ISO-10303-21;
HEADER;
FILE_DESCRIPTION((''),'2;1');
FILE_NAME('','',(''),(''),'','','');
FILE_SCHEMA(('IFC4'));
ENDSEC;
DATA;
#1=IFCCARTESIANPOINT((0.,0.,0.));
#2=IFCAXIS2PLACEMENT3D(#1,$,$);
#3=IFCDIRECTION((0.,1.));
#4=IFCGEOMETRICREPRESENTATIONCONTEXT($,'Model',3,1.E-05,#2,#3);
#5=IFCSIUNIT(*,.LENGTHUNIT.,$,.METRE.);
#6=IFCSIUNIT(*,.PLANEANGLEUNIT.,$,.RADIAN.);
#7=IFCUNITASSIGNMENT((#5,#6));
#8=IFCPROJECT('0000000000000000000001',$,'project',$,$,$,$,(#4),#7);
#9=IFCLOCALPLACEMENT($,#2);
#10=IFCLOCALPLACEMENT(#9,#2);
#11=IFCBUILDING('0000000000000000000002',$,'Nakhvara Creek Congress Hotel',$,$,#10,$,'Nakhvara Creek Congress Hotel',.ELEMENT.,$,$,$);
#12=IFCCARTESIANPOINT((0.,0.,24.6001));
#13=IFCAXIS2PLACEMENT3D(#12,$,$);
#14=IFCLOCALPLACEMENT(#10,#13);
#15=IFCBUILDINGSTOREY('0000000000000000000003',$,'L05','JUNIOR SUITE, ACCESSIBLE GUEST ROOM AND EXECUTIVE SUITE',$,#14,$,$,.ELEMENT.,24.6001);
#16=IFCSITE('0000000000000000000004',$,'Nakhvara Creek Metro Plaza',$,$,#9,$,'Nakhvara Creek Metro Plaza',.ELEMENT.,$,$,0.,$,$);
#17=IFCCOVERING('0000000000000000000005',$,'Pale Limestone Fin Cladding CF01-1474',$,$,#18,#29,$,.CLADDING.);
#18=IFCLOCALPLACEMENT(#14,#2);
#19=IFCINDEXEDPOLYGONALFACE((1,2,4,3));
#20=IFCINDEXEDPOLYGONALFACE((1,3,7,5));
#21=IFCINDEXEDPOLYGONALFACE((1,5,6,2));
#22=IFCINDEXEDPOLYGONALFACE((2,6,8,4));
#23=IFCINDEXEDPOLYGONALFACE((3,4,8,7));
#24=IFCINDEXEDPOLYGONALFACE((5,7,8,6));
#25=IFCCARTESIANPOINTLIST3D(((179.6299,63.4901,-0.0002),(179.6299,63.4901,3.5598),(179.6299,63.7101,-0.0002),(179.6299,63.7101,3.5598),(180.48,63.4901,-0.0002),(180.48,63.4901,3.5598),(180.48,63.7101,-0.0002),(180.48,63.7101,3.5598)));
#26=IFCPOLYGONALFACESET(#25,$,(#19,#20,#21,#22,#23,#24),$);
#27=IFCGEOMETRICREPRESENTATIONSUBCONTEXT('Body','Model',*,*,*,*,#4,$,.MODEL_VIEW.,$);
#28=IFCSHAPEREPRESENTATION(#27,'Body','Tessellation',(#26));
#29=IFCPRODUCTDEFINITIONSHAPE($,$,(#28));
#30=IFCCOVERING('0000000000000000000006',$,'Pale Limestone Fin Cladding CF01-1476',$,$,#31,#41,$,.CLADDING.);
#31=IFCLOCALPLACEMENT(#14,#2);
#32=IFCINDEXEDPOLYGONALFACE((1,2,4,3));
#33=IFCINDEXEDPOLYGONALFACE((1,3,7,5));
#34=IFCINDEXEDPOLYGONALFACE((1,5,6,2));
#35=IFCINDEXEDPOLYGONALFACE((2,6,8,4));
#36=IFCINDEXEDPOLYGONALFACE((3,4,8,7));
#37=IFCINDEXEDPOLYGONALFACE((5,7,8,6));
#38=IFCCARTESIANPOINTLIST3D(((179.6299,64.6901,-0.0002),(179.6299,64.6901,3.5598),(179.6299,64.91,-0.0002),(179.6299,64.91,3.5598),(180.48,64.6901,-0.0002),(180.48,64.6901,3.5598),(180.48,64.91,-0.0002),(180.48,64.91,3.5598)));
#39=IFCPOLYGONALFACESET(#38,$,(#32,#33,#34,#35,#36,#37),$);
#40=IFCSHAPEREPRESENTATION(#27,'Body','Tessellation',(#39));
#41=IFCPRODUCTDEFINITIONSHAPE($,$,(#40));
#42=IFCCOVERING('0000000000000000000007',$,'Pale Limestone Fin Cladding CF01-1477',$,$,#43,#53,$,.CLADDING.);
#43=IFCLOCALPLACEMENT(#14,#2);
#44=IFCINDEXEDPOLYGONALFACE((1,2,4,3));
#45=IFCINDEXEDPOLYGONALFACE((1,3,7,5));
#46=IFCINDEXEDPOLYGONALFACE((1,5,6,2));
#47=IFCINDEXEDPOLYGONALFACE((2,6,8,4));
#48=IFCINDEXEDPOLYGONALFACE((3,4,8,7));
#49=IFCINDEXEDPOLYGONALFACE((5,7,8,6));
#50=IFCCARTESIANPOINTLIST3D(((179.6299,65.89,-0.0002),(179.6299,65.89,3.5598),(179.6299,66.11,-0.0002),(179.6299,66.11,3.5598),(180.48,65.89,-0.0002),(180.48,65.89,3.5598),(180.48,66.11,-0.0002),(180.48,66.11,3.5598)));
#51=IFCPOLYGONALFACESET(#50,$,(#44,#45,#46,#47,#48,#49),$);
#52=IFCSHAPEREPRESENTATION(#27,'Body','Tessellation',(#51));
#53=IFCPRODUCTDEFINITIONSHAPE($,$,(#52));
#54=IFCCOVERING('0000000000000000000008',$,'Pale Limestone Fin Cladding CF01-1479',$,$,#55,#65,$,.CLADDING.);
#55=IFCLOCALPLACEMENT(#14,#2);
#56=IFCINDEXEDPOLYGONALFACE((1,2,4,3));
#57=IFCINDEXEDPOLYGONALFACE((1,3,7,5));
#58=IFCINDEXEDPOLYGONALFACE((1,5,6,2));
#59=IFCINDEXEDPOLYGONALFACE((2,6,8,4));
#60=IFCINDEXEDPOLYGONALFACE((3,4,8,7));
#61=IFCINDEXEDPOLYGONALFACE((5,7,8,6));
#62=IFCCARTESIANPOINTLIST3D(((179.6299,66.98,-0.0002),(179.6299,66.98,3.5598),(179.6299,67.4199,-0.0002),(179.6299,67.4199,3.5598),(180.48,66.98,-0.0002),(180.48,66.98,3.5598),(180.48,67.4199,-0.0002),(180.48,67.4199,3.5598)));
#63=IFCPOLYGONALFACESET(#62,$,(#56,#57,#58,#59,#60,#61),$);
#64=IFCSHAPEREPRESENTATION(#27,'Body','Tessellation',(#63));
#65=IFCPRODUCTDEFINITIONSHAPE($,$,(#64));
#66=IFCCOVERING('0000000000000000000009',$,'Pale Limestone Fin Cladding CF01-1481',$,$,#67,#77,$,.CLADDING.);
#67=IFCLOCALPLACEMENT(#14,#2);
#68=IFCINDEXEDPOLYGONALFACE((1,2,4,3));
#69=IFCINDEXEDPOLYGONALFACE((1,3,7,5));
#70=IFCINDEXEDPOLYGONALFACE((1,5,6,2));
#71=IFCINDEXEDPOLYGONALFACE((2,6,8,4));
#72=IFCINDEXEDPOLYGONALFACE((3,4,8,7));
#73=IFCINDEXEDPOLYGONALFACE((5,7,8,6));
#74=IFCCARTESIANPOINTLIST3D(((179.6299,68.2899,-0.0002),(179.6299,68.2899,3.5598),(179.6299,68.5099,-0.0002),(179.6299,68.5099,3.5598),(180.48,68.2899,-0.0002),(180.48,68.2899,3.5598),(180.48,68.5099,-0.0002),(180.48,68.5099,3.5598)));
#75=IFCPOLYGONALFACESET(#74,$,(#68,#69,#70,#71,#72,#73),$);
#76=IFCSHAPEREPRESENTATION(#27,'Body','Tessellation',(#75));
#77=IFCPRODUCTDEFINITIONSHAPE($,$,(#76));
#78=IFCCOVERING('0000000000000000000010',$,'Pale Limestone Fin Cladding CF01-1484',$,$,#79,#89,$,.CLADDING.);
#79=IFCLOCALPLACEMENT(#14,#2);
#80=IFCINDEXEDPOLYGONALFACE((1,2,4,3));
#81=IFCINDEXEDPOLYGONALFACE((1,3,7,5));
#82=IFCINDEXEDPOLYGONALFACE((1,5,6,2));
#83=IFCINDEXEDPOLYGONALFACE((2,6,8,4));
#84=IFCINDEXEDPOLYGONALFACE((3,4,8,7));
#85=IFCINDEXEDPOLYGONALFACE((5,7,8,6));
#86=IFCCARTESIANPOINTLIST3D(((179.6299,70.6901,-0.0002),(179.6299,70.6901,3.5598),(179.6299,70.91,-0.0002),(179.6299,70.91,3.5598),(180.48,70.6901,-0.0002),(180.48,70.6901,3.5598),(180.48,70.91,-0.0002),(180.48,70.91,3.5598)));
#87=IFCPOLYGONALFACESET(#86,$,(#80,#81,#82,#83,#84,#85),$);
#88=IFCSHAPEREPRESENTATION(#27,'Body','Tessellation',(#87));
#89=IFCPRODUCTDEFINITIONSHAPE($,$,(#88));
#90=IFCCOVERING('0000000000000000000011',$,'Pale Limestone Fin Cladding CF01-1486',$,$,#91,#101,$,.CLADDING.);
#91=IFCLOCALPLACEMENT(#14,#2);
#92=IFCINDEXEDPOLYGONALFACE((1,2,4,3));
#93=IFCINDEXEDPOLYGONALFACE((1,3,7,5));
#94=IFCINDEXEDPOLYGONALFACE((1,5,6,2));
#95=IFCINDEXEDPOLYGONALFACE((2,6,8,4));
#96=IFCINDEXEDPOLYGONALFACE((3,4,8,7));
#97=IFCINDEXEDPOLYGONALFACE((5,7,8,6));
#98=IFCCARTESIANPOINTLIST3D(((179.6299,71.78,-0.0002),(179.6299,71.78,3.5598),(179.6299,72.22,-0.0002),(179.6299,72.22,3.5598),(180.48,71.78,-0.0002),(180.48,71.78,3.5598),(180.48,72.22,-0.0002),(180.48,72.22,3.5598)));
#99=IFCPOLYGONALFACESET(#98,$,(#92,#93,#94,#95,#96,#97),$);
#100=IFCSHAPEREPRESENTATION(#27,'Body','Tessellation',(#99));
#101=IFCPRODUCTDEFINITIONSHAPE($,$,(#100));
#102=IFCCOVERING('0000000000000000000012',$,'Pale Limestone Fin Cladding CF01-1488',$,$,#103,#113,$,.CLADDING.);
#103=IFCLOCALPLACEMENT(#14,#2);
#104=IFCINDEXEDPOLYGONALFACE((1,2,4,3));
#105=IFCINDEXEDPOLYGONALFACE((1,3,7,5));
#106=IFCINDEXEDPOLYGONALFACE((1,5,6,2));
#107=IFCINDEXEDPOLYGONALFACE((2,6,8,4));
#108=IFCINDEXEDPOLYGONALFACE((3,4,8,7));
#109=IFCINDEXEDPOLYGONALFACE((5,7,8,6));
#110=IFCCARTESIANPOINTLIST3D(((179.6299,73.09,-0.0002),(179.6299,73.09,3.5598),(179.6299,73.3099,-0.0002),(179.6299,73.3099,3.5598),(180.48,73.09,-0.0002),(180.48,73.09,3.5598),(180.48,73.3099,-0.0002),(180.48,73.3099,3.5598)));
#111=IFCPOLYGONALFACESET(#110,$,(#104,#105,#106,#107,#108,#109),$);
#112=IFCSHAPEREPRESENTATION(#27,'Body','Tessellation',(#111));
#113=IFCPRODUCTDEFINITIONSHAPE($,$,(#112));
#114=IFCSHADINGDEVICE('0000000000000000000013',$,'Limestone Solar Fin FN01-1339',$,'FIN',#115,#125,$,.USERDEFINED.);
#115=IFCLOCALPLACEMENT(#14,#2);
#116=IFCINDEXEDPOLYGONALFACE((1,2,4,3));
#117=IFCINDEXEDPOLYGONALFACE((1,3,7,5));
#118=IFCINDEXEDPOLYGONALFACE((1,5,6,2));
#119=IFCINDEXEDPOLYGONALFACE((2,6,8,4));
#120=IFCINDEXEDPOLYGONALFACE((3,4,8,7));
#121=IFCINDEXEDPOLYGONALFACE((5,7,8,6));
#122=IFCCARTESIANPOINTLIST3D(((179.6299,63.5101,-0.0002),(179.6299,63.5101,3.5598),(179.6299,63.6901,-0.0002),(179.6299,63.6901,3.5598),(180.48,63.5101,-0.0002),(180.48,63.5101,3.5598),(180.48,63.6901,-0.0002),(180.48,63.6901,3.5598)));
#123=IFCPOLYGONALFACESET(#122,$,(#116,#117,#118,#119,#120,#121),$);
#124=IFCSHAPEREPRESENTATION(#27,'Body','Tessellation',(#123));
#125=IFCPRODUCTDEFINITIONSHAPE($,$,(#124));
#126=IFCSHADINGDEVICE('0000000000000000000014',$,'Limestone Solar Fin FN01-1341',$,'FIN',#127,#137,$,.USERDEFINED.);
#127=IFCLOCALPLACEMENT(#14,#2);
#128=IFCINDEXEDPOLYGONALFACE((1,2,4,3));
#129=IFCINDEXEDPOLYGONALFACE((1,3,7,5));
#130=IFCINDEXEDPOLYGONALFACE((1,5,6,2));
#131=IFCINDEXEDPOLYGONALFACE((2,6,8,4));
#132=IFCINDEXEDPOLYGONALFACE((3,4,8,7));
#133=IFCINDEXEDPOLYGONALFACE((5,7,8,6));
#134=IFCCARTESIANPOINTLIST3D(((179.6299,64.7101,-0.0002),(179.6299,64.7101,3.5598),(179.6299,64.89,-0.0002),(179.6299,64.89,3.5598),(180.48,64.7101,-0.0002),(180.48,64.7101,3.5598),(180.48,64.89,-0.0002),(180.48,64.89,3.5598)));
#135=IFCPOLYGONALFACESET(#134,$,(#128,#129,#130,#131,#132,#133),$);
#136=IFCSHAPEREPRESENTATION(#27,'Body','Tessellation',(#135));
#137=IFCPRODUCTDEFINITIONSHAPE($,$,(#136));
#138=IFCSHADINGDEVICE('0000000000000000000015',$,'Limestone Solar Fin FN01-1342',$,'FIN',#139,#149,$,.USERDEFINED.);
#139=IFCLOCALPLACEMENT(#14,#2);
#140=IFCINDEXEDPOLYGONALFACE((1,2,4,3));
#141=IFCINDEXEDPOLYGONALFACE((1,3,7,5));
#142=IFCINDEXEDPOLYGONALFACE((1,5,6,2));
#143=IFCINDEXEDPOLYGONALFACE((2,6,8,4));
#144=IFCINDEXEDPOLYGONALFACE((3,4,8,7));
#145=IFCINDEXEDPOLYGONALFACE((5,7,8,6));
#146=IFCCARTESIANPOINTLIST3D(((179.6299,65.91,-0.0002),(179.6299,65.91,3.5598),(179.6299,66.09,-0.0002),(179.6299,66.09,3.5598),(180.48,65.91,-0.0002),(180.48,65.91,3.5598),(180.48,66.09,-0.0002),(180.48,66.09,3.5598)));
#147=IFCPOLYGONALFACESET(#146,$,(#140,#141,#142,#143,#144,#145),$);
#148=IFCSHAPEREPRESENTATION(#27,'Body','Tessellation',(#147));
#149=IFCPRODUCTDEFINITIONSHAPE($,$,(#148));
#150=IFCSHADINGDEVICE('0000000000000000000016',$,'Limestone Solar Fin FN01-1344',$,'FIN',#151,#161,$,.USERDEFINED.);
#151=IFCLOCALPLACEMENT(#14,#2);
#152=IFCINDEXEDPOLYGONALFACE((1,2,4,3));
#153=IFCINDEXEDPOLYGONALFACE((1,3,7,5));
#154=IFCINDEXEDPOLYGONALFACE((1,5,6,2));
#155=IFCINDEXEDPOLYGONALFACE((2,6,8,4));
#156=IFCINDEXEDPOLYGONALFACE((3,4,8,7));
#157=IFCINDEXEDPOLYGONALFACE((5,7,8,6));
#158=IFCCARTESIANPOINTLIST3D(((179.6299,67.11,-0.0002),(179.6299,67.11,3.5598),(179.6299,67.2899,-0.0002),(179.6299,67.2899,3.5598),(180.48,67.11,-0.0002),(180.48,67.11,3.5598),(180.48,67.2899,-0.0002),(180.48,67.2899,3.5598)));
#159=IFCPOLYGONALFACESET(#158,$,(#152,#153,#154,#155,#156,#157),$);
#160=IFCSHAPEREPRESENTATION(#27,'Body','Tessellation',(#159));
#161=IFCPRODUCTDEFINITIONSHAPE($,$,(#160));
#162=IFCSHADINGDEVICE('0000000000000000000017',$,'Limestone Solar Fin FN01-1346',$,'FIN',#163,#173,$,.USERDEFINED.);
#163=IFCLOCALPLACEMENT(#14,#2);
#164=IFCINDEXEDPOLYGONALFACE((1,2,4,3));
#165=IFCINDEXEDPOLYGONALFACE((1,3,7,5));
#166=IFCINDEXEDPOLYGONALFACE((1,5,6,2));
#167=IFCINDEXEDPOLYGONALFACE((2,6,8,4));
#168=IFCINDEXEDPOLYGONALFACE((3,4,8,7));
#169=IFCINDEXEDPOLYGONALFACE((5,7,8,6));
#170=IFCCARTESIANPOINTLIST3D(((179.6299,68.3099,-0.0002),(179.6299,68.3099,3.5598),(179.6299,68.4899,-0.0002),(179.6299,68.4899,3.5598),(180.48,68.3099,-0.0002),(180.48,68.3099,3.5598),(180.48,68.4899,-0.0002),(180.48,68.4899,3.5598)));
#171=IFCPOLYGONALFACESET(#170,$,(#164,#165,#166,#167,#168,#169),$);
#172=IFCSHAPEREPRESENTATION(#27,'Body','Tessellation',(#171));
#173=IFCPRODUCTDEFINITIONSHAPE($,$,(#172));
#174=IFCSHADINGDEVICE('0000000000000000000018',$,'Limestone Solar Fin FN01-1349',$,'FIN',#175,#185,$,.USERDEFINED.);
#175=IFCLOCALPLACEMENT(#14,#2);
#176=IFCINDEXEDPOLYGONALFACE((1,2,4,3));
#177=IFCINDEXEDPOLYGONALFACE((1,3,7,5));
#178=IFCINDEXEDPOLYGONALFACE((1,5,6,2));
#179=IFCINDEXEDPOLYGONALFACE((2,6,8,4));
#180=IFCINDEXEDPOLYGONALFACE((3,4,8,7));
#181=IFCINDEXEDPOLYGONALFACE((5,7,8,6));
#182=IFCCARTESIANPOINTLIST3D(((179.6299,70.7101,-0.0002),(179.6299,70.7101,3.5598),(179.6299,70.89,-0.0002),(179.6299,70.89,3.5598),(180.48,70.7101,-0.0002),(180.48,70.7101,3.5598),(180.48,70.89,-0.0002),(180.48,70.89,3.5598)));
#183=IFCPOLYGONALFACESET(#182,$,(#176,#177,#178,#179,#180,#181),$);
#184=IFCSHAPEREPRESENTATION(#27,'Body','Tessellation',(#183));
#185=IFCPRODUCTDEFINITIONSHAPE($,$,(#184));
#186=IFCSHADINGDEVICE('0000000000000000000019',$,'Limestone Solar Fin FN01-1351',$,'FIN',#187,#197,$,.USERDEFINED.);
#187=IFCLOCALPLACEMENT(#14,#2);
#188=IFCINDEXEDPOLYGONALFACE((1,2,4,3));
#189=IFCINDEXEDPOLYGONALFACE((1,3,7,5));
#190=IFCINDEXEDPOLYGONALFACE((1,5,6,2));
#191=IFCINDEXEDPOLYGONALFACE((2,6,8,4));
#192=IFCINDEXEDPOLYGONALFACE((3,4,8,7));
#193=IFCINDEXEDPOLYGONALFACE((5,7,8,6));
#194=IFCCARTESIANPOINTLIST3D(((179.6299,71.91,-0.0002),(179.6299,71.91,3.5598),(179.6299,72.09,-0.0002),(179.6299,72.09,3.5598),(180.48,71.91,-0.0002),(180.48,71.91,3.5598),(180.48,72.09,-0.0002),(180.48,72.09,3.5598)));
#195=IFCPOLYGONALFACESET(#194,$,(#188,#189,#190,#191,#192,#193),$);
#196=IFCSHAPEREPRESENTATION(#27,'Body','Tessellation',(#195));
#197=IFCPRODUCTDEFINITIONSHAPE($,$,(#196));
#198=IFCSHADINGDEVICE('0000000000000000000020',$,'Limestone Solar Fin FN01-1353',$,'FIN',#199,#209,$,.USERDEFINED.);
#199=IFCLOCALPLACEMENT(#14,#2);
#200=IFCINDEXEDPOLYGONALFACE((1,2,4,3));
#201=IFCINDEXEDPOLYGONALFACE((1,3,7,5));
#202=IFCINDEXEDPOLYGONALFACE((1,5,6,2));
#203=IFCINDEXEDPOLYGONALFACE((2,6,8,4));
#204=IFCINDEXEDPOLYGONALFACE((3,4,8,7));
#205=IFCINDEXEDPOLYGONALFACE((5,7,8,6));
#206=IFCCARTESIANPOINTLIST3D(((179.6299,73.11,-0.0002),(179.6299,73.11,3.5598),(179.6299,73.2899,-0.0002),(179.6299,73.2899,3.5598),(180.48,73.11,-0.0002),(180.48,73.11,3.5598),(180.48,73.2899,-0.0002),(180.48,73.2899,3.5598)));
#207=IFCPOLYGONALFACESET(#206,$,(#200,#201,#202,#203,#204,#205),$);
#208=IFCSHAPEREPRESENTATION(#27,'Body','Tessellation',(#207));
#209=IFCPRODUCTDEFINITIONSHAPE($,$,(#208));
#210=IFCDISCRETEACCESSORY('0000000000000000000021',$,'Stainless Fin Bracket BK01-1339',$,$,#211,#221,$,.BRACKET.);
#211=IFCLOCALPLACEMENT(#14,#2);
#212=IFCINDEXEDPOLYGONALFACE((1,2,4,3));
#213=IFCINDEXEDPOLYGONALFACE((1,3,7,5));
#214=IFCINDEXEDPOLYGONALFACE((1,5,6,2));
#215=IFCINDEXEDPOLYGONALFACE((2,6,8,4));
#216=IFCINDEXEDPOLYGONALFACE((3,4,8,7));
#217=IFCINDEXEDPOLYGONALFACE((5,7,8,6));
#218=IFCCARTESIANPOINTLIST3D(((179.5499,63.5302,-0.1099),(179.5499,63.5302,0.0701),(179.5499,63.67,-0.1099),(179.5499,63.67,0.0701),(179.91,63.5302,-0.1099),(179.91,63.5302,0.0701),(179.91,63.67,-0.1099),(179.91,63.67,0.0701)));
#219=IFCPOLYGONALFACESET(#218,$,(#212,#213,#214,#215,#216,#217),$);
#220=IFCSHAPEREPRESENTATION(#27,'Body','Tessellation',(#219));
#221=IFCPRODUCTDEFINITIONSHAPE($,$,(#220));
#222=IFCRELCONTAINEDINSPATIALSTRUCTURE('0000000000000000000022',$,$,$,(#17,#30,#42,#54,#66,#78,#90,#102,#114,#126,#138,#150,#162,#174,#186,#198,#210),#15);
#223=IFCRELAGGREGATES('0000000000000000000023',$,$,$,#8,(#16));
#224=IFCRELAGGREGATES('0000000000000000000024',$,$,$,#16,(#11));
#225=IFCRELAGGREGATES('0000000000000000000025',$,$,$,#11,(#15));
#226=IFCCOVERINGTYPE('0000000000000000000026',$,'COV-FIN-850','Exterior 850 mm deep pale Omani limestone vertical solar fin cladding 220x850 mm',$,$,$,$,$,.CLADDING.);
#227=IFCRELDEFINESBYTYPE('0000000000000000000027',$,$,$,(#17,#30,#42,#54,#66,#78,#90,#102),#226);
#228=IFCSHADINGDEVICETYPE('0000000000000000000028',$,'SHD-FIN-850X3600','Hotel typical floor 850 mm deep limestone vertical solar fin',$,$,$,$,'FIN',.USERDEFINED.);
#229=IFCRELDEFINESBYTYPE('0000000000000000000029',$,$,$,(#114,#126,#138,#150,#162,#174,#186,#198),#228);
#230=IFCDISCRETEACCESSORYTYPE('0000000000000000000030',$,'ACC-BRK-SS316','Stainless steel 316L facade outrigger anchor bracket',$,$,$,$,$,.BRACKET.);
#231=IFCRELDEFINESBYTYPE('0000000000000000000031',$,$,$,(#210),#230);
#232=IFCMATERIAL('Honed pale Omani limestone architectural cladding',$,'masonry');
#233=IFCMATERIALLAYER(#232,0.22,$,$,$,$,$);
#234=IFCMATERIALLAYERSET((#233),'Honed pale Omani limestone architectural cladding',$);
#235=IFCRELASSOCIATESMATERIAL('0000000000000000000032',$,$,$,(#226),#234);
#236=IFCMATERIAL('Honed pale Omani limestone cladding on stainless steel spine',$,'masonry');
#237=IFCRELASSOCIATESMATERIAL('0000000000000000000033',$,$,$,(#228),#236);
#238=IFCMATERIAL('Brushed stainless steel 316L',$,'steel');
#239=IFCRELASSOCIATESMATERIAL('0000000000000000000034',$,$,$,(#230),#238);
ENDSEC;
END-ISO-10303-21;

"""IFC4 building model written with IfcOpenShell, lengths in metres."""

from ifc_helpers import new_model, si_unit, direction, frame, origin, origin_2d, place, context, subcontext, project, spatial, rectangle, extrude, material, layer, layer_set, type_object, element, save


model = new_model("IFC4")

# Units and contexts
model_context = context("Model", 3, precision=1e-05, world=origin(), true_north=direction((0.0, 1.0)))
body_context = subcontext(model_context, "Body", "Model", "MODEL_VIEW")
ifc_project = project(units=[si_unit("LENGTHUNIT", "METRE"), si_unit("PLANEANGLEUNIT", "RADIAN")], contexts=[model_context])

# Site, building, storey
site_placement = place(None, origin())
site = spatial("IfcSite", under=ifc_project, at=site_placement, Name="Nakhvara Creek Metro Plaza", LongName="Nakhvara Creek Metro Plaza", CompositionType="ELEMENT", RefElevation=0.0)
building_placement = place(site_placement, origin())
building = spatial("IfcBuilding", under=site, at=building_placement, Name="Nakhvara Creek Congress Hotel", LongName="Nakhvara Creek Congress Hotel", CompositionType="ELEMENT")
storey_placement = place(building_placement, frame((0.0, 0.0, 24.6001)))
storey = spatial("IfcBuildingStorey", under=building, at=storey_placement, Name="L05", Description="JUNIOR SUITE, ACCESSIBLE GUEST ROOM AND EXECUTIVE SUITE", CompositionType="ELEMENT", Elevation=24.6001)

# Coverings
ifc_material_1 = material(Name="Honed pale Omani limestone architectural cladding", Category="masonry")
ifc_layer = layer(ifc_material_1, 0.22)
ifc_layer_set = layer_set([ifc_layer], Name="Honed pale Omani limestone architectural cladding")
covering_type = type_object("IfcCoveringType", Name="COV-FIN-850", Description="Exterior 850 mm deep pale Omani limestone vertical solar fin cladding 220x850 mm", PredefinedType="CLADDING", material=ifc_layer_set)
for number, where, z_axis, x_axis, name in (
    (1, (180.0549, 63.6001, -0.0002), (0.0, 0.0, 1.0), (0.0, 1.0, 0.0), "Pale Limestone Fin Cladding CF01-1474"),
    (2, (180.0549, 64.8, -0.0002), (0.0, 0.0, 1.0), (0.0, 1.0, 0.0), "Pale Limestone Fin Cladding CF01-1476"),
    (3, (180.0549, 66.0, -0.0002), (0.0, 0.0, 1.0), (0.0, 1.0, 0.0), "Pale Limestone Fin Cladding CF01-1477"),
):
    element("IfcCovering", number, at=place(storey_placement, frame(where, z_axis=z_axis, x_axis=x_axis)), inside=storey, type_object=covering_type, Name=name, PredefinedType="CLADDING", context=body_context, shape_type="SweptSolid", body=[
        extrude(rectangle(XDim=0.22, YDim=0.8501, at=origin_2d()), origin(), (0.0, 0.0, 1.0), 3.5601),
    ])
covering_1_placement = place(storey_placement, frame((180.0549, 67.2, -0.0002), z_axis=(0.0, 0.0, 1.0), x_axis=(0.0, 1.0, 0.0)))
element("IfcCovering", 4, at=covering_1_placement, inside=storey, type_object=covering_type, Name="Pale Limestone Fin Cladding CF01-1479", PredefinedType="CLADDING", context=body_context, shape_type="SweptSolid", body=[
    extrude(rectangle(XDim=0.4399, YDim=0.8501, at=origin_2d()), origin(), (0.0, 0.0, 1.0), 3.5601),
])
for number, where, z_axis, x_axis, name in (
    (5, (180.0549, 68.3999, -0.0002), (0.0, 0.0, 1.0), (0.0, 1.0, 0.0), "Pale Limestone Fin Cladding CF01-1481"),
    (6, (180.0549, 70.8, -0.0002), (0.0, 0.0, 1.0), (0.0, 1.0, 0.0), "Pale Limestone Fin Cladding CF01-1484"),
):
    element("IfcCovering", number, at=place(storey_placement, frame(where, z_axis=z_axis, x_axis=x_axis)), inside=storey, type_object=covering_type, Name=name, PredefinedType="CLADDING", context=body_context, shape_type="SweptSolid", body=[
        extrude(rectangle(XDim=0.22, YDim=0.8501, at=origin_2d()), origin(), (0.0, 0.0, 1.0), 3.5601),
    ])
covering_2_placement = place(storey_placement, frame((180.0549, 72.0, -0.0002), z_axis=(0.0, 0.0, 1.0), x_axis=(0.0, 1.0, 0.0)))
element("IfcCovering", 7, at=covering_2_placement, inside=storey, type_object=covering_type, Name="Pale Limestone Fin Cladding CF01-1486", PredefinedType="CLADDING", context=body_context, shape_type="SweptSolid", body=[
    extrude(rectangle(XDim=0.4399, YDim=0.8501, at=origin_2d()), origin(), (0.0, 0.0, 1.0), 3.5601),
])
covering_3_placement = place(storey_placement, frame((180.0549, 73.2, -0.0002), z_axis=(0.0, 0.0, 1.0), x_axis=(0.0, 1.0, 0.0)))
element("IfcCovering", 8, at=covering_3_placement, inside=storey, type_object=covering_type, Name="Pale Limestone Fin Cladding CF01-1488", PredefinedType="CLADDING", context=body_context, shape_type="SweptSolid", body=[
    extrude(rectangle(XDim=0.22, YDim=0.8501, at=origin_2d()), origin(), (0.0, 0.0, 1.0), 3.5601),
])

# Shading devices
ifc_material_2 = material(Name="Honed pale Omani limestone cladding on stainless steel spine", Category="masonry")
shading_device_type = type_object("IfcShadingDeviceType", Name="SHD-FIN-850X3600", Description="Hotel typical floor 850 mm deep limestone vertical solar fin", ElementType="FIN", PredefinedType="USERDEFINED", material=ifc_material_2)
for number, where, z_axis, x_axis, name in (
    (9, (180.0549, 63.6001, -0.0002), (0.0, 0.0, 1.0), (0.0, 1.0, 0.0), "Limestone Solar Fin FN01-1339"),
    (10, (180.0549, 64.8, -0.0002), (0.0, 0.0, 1.0), (0.0, 1.0, 0.0), "Limestone Solar Fin FN01-1341"),
    (11, (180.0549, 66.0, -0.0002), (0.0, 0.0, 1.0), (0.0, 1.0, 0.0), "Limestone Solar Fin FN01-1342"),
    (12, (180.0549, 67.2, -0.0002), (0.0, 0.0, 1.0), (0.0, 1.0, 0.0), "Limestone Solar Fin FN01-1344"),
    (13, (180.0549, 68.3999, -0.0002), (0.0, 0.0, 1.0), (0.0, 1.0, 0.0), "Limestone Solar Fin FN01-1346"),
    (14, (180.0549, 70.8, -0.0002), (0.0, 0.0, 1.0), (0.0, 1.0, 0.0), "Limestone Solar Fin FN01-1349"),
    (15, (180.0549, 72.0, -0.0002), (0.0, 0.0, 1.0), (0.0, 1.0, 0.0), "Limestone Solar Fin FN01-1351"),
    (16, (180.0549, 73.2, -0.0002), (0.0, 0.0, 1.0), (0.0, 1.0, 0.0), "Limestone Solar Fin FN01-1353"),
):
    element("IfcShadingDevice", number, at=place(storey_placement, frame(where, z_axis=z_axis, x_axis=x_axis)), inside=storey, type_object=shading_device_type, Name=name, ObjectType="FIN", PredefinedType="USERDEFINED", context=body_context, shape_type="SweptSolid", body=[
        extrude(rectangle(XDim=0.1799, YDim=0.8501, at=origin_2d()), origin(), (0.0, 0.0, 1.0), 3.5601),
    ])

# Discrete accessory
ifc_material_3 = material(Name="Brushed stainless steel 316L", Category="steel")
discrete_accessory_type = type_object("IfcDiscreteAccessoryType", Name="ACC-BRK-SS316", Description="Stainless steel 316L facade outrigger anchor bracket", PredefinedType="BRACKET", material=ifc_material_3)
for number, where, z_axis, x_axis, name in (
    (17, (179.73, 63.6001, -0.1099), (0.0, 0.0, 1.0), (0.0, 1.0, 0.0), "Stainless Fin Bracket BK01-1339"),
):
    element("IfcDiscreteAccessory", number, at=place(storey_placement, frame(where, z_axis=z_axis, x_axis=x_axis)), inside=storey, type_object=discrete_accessory_type, Name=name, PredefinedType="BRACKET", context=body_context, shape_type="SweptSolid", body=[
        extrude(rectangle(XDim=0.1399, YDim=0.3601, at=origin_2d()), origin(), (0.0, 0.0, 1.0), 0.1799),
    ])

save(model, "model.ifc")
